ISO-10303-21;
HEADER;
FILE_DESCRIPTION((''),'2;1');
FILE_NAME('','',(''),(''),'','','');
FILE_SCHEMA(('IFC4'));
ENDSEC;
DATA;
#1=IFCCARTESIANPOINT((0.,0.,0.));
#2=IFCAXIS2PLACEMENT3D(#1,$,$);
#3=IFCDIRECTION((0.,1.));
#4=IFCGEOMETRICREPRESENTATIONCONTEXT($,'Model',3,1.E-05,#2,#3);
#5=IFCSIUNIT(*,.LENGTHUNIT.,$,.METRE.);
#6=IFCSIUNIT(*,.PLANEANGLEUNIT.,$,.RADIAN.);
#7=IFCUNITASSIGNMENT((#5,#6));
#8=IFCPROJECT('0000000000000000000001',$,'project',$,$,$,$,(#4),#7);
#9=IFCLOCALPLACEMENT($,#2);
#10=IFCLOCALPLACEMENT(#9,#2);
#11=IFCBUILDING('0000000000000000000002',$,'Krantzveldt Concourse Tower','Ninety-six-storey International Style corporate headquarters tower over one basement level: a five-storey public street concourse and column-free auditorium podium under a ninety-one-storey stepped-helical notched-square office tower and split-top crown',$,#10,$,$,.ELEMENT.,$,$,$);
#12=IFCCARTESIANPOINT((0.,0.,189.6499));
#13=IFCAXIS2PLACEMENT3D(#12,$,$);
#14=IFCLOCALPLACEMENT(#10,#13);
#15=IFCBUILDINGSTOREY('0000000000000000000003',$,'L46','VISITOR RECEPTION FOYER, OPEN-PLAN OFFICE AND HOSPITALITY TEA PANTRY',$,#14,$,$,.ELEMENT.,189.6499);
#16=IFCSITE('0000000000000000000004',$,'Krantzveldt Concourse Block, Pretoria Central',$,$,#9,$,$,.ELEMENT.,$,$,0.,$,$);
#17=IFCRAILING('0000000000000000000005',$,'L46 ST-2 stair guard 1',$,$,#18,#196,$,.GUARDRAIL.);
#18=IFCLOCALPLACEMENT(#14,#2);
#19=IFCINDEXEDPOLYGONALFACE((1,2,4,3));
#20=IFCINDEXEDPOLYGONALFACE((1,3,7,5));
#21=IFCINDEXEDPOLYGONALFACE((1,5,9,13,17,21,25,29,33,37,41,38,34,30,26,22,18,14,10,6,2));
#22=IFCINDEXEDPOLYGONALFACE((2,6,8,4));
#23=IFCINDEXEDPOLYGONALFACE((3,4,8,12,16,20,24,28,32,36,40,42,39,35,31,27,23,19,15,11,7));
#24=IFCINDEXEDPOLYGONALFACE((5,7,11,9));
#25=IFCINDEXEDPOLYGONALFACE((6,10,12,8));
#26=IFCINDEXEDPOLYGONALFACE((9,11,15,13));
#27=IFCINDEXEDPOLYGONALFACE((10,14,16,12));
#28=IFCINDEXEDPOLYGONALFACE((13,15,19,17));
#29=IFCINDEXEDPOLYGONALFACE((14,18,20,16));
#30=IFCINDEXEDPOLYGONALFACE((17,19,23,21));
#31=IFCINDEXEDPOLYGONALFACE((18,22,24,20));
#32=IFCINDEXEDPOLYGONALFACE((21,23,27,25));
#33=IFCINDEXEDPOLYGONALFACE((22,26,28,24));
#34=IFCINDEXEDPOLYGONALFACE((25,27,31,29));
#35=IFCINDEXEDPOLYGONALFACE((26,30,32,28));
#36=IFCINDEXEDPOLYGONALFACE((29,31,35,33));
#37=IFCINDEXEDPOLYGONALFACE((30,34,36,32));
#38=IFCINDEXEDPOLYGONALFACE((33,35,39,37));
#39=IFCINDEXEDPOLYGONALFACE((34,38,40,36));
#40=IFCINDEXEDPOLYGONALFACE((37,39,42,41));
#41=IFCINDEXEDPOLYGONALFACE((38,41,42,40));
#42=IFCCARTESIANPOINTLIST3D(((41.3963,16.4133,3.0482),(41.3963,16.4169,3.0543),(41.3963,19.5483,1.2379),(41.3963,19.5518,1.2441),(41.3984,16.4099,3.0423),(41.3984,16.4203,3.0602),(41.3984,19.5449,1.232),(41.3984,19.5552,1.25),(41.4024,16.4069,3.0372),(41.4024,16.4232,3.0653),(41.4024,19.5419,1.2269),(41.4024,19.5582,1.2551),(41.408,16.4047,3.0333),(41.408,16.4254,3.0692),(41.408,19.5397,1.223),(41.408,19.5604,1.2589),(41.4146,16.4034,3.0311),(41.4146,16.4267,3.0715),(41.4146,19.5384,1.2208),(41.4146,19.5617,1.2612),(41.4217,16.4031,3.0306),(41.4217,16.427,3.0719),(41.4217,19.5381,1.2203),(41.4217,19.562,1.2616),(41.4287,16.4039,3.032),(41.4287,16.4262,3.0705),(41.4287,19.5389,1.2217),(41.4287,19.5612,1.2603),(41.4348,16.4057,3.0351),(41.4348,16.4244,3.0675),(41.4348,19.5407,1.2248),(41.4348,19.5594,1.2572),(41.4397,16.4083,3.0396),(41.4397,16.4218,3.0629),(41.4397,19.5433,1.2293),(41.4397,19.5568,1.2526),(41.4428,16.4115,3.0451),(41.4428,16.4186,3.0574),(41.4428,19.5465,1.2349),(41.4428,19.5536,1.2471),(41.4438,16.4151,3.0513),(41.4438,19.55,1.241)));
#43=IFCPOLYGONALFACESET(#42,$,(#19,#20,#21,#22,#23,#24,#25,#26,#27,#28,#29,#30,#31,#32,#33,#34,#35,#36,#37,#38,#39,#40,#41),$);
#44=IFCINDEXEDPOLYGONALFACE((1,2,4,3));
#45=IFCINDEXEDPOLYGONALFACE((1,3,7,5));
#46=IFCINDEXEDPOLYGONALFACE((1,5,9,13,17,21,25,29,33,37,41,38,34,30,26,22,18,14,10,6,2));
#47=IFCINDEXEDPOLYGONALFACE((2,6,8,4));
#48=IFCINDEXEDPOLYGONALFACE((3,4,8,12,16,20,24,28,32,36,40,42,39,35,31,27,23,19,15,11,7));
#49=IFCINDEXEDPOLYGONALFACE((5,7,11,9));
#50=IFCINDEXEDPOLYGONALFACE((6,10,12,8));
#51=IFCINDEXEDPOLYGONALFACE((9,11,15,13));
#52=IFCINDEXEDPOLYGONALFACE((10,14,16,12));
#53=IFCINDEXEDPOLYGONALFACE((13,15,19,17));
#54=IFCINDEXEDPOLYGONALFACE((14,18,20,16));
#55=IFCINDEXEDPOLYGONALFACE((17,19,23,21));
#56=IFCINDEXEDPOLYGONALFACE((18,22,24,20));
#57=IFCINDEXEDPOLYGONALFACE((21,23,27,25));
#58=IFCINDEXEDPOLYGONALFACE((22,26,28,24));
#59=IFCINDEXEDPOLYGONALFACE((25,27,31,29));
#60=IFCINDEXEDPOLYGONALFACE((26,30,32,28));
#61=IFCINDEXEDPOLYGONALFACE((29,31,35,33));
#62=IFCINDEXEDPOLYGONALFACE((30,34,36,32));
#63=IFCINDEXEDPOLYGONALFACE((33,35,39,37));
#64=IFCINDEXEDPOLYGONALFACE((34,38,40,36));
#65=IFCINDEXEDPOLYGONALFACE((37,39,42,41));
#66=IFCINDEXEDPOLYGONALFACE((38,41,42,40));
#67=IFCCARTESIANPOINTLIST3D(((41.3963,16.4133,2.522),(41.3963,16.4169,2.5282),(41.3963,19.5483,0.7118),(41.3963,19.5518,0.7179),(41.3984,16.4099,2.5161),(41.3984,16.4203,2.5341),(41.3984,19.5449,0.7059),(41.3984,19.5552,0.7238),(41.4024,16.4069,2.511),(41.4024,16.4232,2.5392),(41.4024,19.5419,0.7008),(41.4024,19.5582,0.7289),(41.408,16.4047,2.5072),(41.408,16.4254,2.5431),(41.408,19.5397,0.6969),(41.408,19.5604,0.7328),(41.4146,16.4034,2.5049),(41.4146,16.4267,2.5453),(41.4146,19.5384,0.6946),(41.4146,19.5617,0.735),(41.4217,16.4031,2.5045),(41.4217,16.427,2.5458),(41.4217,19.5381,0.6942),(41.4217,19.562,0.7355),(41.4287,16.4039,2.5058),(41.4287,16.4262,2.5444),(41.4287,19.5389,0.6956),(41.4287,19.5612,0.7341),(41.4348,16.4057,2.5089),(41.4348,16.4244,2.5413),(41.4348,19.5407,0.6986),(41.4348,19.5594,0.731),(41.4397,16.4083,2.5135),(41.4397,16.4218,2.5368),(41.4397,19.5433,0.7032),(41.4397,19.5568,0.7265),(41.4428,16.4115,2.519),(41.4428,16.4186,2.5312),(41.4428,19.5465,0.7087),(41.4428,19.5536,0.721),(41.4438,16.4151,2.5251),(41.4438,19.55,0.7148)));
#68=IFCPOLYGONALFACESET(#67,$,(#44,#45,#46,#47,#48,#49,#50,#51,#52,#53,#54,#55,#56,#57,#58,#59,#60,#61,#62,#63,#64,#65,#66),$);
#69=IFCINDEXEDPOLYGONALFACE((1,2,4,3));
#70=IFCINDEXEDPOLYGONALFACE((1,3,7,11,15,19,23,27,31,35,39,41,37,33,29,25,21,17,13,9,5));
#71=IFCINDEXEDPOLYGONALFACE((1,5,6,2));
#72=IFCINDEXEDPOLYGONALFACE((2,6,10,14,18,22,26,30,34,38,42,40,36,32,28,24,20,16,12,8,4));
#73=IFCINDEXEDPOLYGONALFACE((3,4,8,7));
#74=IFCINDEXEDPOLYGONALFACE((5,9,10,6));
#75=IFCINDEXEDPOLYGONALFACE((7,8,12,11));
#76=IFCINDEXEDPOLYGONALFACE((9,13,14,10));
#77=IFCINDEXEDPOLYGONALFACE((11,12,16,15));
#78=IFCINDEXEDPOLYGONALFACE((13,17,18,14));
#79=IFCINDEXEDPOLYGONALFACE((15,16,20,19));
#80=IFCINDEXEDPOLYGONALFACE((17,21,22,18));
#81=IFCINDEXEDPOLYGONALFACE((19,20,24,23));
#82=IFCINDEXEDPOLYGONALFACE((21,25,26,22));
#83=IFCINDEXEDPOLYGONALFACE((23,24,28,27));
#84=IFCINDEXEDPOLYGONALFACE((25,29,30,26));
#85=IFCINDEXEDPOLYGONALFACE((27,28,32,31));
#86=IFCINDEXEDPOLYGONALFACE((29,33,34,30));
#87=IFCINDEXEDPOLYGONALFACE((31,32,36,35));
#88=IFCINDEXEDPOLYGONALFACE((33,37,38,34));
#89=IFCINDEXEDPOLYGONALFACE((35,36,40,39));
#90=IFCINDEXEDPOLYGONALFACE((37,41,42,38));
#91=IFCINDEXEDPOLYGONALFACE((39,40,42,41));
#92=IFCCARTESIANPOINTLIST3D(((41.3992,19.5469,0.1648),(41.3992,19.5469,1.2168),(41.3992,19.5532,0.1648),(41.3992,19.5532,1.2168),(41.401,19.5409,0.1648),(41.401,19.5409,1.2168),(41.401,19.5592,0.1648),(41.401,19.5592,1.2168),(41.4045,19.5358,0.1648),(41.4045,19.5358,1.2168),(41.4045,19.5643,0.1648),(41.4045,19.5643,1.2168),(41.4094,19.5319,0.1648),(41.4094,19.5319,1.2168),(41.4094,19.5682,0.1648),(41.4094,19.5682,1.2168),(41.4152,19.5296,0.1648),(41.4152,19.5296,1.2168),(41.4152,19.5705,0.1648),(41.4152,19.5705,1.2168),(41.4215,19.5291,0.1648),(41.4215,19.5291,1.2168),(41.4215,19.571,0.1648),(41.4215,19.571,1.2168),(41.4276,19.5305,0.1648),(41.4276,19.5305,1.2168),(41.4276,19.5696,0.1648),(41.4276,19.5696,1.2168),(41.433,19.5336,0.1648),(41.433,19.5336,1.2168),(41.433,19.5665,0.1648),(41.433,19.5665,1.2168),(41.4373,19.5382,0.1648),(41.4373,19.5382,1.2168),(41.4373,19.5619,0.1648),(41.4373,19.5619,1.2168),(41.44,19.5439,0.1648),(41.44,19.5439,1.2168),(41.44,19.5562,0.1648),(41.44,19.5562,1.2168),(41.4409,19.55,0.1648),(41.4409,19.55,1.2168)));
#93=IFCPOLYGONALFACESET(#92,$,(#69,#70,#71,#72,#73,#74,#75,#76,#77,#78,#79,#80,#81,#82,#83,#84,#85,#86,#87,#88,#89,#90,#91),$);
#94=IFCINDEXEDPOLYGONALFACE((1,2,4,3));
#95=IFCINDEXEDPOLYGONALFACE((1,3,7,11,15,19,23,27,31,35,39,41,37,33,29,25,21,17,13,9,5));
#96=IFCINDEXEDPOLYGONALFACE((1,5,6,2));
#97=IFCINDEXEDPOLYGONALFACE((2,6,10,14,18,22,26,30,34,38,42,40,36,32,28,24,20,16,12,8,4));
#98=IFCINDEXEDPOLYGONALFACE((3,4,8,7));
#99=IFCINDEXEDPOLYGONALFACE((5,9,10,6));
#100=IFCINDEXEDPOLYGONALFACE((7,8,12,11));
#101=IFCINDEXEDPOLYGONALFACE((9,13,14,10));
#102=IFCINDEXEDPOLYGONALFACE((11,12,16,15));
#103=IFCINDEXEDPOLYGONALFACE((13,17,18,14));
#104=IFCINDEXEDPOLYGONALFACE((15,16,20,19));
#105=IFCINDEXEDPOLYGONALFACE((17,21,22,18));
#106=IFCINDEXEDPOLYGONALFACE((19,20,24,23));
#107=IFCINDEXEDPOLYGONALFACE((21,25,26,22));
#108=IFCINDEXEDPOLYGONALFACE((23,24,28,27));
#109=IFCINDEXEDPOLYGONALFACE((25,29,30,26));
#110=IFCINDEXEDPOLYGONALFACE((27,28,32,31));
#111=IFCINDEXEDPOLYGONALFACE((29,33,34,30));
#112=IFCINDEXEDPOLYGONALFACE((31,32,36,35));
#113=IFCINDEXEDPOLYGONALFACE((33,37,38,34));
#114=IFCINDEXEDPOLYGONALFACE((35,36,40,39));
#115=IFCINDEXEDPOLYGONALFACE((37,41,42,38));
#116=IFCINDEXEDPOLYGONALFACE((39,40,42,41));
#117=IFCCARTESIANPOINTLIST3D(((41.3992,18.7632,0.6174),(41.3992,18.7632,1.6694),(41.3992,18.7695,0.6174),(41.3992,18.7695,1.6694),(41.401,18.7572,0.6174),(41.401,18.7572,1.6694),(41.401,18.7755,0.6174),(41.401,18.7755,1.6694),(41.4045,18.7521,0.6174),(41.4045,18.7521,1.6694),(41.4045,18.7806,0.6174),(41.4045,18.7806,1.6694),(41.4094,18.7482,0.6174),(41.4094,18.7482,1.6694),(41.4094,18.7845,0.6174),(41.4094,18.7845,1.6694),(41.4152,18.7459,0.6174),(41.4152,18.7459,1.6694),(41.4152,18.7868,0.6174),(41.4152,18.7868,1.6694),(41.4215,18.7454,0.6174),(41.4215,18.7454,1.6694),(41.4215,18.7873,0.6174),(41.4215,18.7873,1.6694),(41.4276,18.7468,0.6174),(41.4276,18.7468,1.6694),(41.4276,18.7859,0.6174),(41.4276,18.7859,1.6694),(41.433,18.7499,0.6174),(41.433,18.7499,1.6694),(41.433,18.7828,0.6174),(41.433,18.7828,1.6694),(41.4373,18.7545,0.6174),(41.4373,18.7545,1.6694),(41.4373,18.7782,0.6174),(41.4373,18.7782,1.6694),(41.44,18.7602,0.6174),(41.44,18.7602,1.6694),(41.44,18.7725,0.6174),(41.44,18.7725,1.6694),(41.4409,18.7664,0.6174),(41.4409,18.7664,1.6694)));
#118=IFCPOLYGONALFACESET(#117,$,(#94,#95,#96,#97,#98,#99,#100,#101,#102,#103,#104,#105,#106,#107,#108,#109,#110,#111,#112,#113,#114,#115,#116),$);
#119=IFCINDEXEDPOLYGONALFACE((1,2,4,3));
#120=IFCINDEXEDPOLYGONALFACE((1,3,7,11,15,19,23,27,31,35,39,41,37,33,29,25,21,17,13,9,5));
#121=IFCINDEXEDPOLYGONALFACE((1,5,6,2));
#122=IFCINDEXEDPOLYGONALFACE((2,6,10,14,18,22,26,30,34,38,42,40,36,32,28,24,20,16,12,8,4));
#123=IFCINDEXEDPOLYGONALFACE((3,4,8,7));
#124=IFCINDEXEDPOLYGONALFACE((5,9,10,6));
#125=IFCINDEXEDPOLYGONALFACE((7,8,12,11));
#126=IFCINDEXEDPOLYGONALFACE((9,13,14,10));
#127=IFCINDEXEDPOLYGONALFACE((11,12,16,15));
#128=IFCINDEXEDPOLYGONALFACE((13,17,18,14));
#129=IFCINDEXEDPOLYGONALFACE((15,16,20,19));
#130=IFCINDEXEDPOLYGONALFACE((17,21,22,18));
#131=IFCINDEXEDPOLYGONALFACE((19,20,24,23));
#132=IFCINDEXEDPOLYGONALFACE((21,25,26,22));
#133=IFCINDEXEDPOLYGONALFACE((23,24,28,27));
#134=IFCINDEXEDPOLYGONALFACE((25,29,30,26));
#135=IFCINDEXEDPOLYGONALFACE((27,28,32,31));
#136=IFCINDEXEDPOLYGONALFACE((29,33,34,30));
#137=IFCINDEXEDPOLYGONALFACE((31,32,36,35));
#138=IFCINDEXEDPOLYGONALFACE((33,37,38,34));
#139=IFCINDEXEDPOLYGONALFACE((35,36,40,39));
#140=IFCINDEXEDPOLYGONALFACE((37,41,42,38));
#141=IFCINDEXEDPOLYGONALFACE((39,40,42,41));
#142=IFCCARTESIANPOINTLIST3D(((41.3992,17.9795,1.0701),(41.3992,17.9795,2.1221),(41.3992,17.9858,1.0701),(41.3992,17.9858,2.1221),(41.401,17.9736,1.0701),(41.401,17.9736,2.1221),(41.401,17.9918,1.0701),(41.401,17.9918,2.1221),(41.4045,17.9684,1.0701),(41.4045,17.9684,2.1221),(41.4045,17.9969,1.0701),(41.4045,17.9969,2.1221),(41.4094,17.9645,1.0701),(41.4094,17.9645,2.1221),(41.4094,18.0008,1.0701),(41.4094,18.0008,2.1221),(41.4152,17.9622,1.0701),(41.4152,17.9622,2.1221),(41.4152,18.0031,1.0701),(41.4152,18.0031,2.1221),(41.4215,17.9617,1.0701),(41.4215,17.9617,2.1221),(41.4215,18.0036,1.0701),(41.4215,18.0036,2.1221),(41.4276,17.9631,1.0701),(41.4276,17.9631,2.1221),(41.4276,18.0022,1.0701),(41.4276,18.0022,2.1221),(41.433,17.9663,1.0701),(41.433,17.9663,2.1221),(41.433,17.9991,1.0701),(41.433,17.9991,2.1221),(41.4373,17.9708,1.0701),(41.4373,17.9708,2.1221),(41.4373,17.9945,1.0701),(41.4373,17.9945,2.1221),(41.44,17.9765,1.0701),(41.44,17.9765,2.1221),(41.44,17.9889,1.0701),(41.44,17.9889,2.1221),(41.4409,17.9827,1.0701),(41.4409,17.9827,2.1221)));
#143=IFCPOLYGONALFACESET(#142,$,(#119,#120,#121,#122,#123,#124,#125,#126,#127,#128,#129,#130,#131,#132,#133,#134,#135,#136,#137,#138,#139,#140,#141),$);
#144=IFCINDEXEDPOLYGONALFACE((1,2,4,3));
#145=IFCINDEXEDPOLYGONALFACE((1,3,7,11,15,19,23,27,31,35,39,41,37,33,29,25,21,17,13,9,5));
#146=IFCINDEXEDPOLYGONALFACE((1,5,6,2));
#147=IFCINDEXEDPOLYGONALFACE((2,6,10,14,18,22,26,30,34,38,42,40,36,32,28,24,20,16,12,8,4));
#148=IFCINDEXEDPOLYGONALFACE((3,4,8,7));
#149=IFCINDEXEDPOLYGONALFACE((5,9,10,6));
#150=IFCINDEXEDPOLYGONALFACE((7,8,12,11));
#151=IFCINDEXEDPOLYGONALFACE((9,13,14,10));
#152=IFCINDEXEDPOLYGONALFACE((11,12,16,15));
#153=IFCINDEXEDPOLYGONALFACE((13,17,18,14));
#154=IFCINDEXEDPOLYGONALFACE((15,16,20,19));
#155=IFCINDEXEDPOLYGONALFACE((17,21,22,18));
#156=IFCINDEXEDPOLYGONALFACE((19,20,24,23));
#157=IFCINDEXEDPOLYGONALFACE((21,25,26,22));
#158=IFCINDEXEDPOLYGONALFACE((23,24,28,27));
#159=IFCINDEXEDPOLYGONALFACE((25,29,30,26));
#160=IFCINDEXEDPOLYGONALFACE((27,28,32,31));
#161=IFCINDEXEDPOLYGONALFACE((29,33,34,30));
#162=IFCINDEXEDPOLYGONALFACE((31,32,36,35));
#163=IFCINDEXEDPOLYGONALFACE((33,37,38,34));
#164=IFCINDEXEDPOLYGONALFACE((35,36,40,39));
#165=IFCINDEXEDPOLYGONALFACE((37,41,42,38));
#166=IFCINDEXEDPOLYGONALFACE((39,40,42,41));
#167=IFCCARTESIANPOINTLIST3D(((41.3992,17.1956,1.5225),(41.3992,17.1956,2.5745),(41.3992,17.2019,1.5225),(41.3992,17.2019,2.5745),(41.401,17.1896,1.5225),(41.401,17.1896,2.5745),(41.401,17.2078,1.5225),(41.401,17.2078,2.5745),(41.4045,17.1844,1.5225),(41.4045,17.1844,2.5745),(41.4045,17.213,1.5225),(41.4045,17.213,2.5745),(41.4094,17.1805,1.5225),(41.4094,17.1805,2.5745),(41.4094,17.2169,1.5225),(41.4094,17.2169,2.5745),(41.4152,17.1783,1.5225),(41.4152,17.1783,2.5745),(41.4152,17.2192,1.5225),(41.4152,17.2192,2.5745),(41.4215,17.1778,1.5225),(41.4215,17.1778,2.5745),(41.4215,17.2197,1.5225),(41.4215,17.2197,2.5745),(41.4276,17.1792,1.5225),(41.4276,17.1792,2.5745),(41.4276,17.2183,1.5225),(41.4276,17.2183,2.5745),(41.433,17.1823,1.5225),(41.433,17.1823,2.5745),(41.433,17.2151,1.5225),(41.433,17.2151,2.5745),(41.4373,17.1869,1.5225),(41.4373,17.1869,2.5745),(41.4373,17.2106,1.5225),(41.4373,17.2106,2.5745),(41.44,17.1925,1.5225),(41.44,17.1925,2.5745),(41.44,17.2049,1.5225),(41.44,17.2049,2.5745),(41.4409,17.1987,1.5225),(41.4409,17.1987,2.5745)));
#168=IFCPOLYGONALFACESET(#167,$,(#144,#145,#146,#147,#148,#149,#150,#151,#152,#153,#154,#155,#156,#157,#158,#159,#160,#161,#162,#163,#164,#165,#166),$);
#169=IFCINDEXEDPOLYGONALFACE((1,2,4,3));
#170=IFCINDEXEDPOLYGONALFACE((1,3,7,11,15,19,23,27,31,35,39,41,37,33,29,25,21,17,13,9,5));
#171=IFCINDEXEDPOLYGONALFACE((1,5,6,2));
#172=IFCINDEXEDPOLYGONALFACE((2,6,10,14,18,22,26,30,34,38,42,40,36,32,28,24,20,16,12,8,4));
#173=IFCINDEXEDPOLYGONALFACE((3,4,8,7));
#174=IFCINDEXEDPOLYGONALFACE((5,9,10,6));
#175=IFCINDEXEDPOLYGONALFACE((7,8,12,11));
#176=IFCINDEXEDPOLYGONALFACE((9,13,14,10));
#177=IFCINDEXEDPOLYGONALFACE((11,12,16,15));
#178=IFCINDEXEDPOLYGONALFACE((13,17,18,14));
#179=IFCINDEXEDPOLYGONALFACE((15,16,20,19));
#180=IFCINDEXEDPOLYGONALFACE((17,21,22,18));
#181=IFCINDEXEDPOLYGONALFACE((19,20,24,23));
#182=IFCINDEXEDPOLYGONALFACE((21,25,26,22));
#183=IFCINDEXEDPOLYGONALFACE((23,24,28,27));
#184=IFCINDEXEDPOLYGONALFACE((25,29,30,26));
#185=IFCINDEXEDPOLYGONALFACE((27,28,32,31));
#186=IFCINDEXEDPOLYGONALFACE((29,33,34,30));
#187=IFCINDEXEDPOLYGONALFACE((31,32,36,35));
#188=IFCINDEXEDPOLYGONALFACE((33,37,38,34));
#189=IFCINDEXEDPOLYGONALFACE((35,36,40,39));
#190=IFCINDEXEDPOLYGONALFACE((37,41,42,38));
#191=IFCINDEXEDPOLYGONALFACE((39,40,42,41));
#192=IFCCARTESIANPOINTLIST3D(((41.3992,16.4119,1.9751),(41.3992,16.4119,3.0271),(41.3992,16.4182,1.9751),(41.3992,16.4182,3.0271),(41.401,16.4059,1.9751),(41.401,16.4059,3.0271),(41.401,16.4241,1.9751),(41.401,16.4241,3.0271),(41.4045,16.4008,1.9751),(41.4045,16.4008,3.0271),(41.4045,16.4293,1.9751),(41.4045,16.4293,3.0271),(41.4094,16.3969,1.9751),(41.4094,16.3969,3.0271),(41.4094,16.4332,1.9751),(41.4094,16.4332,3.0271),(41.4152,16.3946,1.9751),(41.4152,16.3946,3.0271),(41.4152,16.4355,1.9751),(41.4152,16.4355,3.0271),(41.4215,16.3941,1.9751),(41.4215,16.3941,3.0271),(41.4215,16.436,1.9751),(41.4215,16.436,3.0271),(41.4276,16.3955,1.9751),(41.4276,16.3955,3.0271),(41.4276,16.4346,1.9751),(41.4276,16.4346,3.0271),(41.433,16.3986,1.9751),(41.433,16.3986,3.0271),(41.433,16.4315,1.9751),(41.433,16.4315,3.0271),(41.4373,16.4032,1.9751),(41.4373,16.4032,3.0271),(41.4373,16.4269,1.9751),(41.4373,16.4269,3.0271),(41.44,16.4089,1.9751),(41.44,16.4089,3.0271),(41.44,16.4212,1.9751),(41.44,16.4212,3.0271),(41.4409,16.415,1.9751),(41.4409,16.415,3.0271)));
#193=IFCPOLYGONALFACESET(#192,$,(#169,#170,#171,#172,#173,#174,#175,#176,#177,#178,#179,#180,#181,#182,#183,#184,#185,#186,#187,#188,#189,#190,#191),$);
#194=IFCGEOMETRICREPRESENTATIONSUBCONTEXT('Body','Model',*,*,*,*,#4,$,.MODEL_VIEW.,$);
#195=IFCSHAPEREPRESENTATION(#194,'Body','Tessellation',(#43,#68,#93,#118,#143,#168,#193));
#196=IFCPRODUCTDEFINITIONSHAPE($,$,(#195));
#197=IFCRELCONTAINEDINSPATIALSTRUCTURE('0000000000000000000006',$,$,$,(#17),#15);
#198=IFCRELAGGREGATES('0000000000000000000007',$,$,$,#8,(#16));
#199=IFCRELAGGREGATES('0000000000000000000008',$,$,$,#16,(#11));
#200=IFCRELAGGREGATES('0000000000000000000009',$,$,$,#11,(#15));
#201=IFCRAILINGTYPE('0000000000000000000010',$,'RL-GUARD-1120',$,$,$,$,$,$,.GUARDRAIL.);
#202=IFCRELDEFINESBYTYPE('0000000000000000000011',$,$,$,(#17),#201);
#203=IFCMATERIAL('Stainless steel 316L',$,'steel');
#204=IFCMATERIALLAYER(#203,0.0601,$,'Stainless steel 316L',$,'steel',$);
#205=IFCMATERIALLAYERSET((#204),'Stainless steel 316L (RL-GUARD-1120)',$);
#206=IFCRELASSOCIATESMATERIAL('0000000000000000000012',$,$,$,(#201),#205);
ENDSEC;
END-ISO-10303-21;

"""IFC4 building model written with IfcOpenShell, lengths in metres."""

from ifc_helpers import new_model, si_unit, direction, frame, origin, origin_2d, place, context, subcontext, project, spatial, circle, extrude, material, layer, layer_set, type_object, element, save


model = new_model("IFC4")

# Units and contexts
model_context = context("Model", 3, precision=1e-05, world=origin(), true_north=direction((0.0, 1.0)))
body_context = subcontext(model_context, "Body", "Model", "MODEL_VIEW")
ifc_project = project(units=[si_unit("LENGTHUNIT", "METRE"), si_unit("PLANEANGLEUNIT", "RADIAN")], contexts=[model_context])

# Site, building, storey
site_placement = place(None, origin())
site = spatial("IfcSite", under=ifc_project, at=site_placement, Name="Krantzveldt Concourse Block, Pretoria Central", CompositionType="ELEMENT", RefElevation=0.0)
building_placement = place(site_placement, origin())
building = spatial("IfcBuilding", under=site, at=building_placement, Name="Krantzveldt Concourse Tower", Description="Ninety-six-storey International Style corporate headquarters tower over one basement level: a five-storey public street concourse and column-free auditorium podium under a ninety-one-storey stepped-helical notched-square office tower and split-top crown", CompositionType="ELEMENT")
storey_placement = place(building_placement, frame((0.0, 0.0, 189.6499)))
storey = spatial("IfcBuildingStorey", under=building, at=storey_placement, Name="L46", Description="VISITOR RECEPTION FOYER, OPEN-PLAN OFFICE AND HOSPITALITY TEA PANTRY", CompositionType="ELEMENT", Elevation=189.6499)

# Shared definitions
ifc_material_1 = material(Name="Stainless steel 316L", Category="steel")

# Railing
ifc_layer_1 = layer(ifc_material_1, 0.0601, Name="Stainless steel 316L", Category="steel")
ifc_layer_set_1 = layer_set([ifc_layer_1], Name="Stainless steel 316L (RL-GUARD-1120)")
railing_type_1 = type_object("IfcRailingType", Name="RL-GUARD-1120", PredefinedType="GUARDRAIL", material=ifc_layer_set_1)
railing_1_placement = place(storey_placement, frame((41.4199, 19.55, 0.1648)))
element("IfcRailing", 1, at=railing_1_placement, inside=storey, type_object=railing_type_1, Name="L46 ST-2 stair guard 1", PredefinedType="GUARDRAIL", context=body_context, shape_type="SweptSolid", body=[
    extrude(circle(Radius=0.0239, at=origin_2d()), frame((0.0, 0.0, 1.0762), z_axis=(0.0, -0.865989, 0.500063), x_axis=(1.0, 0.0, 0.0)), (0.0, 0.0, 1.0), 3.6201),
    extrude(circle(Radius=0.0239, at=origin_2d()), frame((0.0, 0.0, 0.55), z_axis=(0.0, -0.865989, 0.500063), x_axis=(1.0, 0.0, 0.0)), (0.0, 0.0, 1.0), 3.6201),
    extrude(circle(Radius=0.021, at=origin_2d()), origin(), (0.0, 0.0, 1.0), 1.052),
    extrude(circle(Radius=0.021, at=origin_2d()), frame((0.0, -0.7837, 0.4526)), (0.0, 0.0, 1.0), 1.052),
    extrude(circle(Radius=0.021, at=origin_2d()), frame((0.0, -1.5674, 0.9053)), (0.0, 0.0, 1.0), 1.052),
    extrude(circle(Radius=0.021, at=origin_2d()), frame((0.0, -2.3513, 1.3577)), (0.0, 0.0, 1.0), 1.052),
    extrude(circle(Radius=0.021, at=origin_2d()), frame((0.0, -3.135, 1.8103)), (0.0, 0.0, 1.0), 1.052),
])

save(model, "model.ifc")
